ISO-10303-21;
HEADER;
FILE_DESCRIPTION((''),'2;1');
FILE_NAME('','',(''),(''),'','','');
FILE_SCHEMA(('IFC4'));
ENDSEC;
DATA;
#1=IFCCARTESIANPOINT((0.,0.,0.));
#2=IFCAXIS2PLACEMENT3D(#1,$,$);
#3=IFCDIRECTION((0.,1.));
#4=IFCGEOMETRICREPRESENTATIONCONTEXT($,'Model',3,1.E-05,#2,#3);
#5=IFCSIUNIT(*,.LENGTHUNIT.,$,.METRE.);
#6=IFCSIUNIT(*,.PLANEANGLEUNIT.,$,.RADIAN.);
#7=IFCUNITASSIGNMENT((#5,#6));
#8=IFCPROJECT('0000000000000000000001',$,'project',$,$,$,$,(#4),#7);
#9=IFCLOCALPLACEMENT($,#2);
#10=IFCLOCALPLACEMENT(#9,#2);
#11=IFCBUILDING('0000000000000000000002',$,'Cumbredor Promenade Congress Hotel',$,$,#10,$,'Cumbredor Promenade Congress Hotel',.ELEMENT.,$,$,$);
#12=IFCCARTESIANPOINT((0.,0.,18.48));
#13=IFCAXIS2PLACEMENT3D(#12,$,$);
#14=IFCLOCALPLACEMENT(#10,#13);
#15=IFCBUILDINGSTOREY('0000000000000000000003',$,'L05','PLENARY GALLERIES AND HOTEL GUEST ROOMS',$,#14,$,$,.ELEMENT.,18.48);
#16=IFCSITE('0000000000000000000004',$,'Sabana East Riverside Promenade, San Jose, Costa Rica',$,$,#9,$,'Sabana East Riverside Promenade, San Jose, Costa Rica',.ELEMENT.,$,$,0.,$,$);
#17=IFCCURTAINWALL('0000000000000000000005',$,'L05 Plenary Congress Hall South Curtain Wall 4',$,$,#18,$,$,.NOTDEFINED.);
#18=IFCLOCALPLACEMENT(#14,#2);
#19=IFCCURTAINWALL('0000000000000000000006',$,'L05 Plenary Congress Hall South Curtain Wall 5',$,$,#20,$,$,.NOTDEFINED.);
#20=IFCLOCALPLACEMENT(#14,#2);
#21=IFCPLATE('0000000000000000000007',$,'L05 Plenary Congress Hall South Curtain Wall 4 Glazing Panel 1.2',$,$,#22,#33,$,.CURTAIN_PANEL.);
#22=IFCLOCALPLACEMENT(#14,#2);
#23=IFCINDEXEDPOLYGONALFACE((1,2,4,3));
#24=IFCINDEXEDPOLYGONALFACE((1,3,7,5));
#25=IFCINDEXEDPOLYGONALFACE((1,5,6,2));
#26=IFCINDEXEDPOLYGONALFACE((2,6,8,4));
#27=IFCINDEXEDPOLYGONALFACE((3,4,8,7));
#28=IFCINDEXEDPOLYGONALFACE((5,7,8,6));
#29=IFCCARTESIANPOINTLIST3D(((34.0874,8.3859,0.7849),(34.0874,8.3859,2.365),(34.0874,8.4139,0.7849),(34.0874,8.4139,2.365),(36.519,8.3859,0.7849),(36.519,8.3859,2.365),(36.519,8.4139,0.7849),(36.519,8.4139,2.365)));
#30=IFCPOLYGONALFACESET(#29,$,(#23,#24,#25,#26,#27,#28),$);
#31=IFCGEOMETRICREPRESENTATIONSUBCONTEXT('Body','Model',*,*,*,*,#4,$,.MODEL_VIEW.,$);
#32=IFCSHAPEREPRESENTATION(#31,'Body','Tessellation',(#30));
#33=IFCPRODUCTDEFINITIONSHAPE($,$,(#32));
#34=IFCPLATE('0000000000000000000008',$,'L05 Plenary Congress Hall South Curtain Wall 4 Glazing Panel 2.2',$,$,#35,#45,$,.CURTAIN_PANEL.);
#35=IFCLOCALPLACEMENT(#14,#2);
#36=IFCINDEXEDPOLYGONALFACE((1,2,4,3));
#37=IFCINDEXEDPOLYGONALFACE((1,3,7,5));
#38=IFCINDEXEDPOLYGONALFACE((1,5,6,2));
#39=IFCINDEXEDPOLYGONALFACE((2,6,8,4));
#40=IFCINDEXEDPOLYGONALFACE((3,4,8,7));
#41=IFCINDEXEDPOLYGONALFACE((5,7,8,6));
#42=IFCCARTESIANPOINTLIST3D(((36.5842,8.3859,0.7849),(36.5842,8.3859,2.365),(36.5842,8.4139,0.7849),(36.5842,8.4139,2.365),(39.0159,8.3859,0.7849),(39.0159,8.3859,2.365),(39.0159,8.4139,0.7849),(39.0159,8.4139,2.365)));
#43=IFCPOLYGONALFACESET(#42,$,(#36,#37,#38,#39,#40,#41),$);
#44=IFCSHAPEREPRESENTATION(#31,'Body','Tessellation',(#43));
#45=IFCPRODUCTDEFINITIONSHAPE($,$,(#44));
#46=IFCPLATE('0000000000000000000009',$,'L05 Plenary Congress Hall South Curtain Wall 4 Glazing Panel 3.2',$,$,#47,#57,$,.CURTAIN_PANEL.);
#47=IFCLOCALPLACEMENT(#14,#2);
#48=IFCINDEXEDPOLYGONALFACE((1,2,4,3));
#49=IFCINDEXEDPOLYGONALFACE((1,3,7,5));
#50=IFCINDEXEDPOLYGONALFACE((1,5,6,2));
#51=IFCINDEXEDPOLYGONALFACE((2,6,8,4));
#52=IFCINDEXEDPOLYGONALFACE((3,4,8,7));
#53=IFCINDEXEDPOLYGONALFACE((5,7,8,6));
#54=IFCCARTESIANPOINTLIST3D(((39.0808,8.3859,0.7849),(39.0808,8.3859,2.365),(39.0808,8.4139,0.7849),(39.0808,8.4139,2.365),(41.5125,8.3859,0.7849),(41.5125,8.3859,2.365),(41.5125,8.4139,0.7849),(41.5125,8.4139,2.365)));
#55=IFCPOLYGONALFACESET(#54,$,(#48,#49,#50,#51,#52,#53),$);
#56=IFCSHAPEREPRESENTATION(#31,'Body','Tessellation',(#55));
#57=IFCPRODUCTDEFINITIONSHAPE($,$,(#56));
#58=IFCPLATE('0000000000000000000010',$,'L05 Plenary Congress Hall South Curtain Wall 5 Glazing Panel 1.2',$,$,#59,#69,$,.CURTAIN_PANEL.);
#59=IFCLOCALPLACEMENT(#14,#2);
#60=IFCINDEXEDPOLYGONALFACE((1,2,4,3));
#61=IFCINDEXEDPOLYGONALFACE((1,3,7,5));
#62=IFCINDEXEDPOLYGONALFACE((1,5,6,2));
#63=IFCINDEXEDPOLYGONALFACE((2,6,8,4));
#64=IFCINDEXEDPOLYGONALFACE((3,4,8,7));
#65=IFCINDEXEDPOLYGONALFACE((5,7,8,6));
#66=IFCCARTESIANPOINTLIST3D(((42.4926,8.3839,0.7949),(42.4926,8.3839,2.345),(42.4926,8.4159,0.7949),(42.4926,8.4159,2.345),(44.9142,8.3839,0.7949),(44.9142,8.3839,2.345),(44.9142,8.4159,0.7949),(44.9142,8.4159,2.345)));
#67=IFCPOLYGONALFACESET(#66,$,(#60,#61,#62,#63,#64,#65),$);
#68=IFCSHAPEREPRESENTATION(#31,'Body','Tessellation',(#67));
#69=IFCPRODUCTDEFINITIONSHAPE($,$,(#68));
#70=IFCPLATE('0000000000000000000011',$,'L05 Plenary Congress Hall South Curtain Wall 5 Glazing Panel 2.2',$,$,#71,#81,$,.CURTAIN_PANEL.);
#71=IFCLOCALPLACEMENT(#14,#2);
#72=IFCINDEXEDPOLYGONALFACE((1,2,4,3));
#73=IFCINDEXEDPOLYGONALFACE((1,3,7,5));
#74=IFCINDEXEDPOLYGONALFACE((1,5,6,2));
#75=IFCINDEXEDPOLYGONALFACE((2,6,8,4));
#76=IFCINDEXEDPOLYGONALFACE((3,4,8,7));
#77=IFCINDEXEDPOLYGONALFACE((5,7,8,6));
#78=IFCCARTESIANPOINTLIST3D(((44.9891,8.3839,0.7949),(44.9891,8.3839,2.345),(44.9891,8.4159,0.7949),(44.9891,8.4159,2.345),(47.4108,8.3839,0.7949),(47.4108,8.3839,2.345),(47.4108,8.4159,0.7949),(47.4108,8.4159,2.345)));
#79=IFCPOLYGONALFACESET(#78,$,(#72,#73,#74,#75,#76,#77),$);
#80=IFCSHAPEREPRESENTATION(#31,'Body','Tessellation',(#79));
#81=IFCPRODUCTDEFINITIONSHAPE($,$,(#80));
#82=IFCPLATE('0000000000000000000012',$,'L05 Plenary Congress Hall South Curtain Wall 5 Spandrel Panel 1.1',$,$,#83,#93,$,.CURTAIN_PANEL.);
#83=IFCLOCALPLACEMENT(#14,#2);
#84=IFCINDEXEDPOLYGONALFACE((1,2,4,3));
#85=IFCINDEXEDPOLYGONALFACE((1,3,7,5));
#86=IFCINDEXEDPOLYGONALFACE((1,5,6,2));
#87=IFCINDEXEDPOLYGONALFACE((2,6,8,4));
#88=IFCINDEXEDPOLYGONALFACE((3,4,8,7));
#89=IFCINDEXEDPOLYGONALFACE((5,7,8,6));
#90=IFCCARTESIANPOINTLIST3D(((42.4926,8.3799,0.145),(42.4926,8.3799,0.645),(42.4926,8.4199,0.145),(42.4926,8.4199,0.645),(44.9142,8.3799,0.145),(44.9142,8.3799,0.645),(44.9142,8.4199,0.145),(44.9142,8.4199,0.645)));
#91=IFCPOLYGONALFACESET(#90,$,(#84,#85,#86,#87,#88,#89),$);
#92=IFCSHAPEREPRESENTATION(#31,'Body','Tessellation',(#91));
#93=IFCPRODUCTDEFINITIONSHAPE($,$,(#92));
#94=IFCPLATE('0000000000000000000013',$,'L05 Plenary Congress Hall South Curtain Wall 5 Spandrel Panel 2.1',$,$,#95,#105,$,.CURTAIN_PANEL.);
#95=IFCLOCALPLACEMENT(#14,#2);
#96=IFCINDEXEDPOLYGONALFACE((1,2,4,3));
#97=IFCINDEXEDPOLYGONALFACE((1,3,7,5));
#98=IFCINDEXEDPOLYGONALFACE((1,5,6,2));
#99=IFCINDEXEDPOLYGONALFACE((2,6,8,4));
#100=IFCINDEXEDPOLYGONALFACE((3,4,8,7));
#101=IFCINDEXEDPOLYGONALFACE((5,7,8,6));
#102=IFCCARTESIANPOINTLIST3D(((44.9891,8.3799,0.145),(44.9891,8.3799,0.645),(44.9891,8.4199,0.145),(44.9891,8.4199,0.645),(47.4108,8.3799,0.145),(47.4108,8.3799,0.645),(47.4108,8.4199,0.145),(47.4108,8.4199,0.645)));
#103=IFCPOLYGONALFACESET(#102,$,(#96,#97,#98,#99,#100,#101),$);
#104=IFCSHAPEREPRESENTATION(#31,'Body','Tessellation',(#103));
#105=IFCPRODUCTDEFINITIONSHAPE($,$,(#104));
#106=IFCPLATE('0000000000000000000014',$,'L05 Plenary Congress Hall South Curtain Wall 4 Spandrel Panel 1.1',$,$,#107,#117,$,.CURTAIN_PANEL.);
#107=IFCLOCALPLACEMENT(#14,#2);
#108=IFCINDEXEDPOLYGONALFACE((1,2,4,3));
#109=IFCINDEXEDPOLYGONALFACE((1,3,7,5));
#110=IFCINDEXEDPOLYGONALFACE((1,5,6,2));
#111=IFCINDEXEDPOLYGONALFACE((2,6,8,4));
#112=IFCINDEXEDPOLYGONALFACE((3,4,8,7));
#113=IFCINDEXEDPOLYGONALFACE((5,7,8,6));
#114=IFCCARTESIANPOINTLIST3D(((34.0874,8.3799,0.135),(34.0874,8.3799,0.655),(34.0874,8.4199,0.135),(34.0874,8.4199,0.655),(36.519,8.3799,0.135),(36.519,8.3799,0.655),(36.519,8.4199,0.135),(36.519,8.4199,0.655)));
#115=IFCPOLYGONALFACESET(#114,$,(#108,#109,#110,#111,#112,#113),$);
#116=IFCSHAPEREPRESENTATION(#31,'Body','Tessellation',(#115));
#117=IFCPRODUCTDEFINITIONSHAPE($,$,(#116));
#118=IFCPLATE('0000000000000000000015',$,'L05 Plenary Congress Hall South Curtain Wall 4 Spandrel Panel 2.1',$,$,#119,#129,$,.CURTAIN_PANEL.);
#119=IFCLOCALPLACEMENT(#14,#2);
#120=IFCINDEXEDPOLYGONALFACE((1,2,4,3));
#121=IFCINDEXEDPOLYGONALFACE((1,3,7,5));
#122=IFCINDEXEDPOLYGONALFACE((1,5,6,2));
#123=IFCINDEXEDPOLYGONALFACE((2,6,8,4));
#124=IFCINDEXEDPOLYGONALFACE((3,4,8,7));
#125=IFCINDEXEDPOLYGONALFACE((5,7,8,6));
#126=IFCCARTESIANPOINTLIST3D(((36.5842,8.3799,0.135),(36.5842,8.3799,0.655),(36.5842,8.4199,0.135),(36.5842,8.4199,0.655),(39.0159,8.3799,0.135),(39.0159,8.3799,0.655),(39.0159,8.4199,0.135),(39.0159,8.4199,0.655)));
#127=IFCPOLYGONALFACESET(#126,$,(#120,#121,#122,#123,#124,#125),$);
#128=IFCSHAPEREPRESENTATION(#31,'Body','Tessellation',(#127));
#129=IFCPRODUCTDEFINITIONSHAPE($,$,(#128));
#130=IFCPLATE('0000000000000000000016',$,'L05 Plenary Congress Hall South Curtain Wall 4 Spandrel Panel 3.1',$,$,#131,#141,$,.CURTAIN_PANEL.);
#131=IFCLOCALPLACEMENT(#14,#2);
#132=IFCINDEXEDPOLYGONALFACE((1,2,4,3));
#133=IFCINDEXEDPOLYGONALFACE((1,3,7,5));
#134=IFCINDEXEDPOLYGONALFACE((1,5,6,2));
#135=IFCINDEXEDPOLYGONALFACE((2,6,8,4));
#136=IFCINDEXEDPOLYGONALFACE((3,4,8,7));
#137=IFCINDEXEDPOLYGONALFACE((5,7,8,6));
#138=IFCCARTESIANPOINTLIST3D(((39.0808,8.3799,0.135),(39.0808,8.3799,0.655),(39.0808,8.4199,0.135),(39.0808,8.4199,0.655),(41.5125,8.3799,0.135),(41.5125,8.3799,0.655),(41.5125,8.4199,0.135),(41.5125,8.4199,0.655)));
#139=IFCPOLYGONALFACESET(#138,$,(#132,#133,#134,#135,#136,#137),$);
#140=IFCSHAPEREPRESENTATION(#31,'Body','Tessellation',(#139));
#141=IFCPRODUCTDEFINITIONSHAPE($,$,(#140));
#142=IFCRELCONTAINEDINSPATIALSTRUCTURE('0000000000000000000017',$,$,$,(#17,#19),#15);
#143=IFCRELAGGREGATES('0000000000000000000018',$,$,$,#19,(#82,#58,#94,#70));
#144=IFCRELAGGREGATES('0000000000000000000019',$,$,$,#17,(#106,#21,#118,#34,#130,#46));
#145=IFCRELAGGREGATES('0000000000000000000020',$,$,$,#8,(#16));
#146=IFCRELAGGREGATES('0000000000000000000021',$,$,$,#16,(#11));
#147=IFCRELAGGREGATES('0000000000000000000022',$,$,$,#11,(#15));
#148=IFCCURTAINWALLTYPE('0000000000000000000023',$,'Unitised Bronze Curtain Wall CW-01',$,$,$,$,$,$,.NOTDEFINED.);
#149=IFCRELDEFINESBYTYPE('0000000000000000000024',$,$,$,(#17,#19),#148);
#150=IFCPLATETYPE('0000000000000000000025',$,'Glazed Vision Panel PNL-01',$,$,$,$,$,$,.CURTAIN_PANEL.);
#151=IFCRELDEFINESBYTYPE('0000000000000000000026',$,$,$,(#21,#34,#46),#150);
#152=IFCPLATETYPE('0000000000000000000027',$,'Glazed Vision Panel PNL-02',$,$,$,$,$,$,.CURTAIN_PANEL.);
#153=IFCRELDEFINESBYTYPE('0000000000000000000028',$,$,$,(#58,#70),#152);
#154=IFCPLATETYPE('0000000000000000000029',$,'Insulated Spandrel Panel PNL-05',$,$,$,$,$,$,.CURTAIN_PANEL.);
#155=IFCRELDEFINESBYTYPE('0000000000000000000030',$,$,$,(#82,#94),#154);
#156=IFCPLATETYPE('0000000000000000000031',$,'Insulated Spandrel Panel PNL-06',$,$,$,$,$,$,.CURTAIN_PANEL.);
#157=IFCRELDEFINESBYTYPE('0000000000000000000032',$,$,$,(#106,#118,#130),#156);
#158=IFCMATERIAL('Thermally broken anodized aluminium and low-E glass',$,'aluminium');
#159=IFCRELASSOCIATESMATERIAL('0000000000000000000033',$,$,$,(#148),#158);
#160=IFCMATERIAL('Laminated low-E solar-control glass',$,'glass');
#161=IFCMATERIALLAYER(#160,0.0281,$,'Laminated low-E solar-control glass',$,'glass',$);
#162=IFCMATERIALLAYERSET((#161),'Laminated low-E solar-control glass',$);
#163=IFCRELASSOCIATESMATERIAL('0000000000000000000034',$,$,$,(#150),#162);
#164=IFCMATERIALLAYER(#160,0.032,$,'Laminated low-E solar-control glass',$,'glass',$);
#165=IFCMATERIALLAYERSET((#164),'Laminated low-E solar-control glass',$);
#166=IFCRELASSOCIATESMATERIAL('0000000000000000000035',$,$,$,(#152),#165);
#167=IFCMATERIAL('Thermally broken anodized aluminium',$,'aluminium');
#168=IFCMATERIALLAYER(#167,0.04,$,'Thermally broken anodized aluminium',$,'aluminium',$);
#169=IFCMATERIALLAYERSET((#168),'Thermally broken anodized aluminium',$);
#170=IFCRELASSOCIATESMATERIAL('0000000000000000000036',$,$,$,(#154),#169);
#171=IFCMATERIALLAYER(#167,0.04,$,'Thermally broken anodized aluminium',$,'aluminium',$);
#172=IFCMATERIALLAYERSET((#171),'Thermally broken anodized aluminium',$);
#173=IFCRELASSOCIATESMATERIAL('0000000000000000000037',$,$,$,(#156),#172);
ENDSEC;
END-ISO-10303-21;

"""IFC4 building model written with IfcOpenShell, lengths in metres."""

from ifc_helpers import new_model, si_unit, direction, frame, origin, origin_2d, place, context, subcontext, project, spatial, rectangle, extrude, material, layer, layer_set, type_object, element, aggregate, save


model = new_model("IFC4")

# Units and contexts
model_context = context("Model", 3, precision=1e-05, world=origin(), true_north=direction((0.0, 1.0)))
body_context = subcontext(model_context, "Body", "Model", "MODEL_VIEW")
ifc_project = project(units=[si_unit("LENGTHUNIT", "METRE"), si_unit("PLANEANGLEUNIT", "RADIAN")], contexts=[model_context])

# Site, building, storey
site_placement = place(None, origin())
site = spatial("IfcSite", under=ifc_project, at=site_placement, Name="Sabana East Riverside Promenade, San Jose, Costa Rica", LongName="Sabana East Riverside Promenade, San Jose, Costa Rica", CompositionType="ELEMENT", RefElevation=0.0)
building_placement = place(site_placement, origin())
building = spatial("IfcBuilding", under=site, at=building_placement, Name="Cumbredor Promenade Congress Hotel", LongName="Cumbredor Promenade Congress Hotel", CompositionType="ELEMENT")
storey_placement = place(building_placement, frame((0.0, 0.0, 18.48)))
storey = spatial("IfcBuildingStorey", under=building, at=storey_placement, Name="L05", Description="PLENARY GALLERIES AND HOTEL GUEST ROOMS", CompositionType="ELEMENT", Elevation=18.48)

# Curtain walls
ifc_material_1 = material(Name="Thermally broken anodized aluminium and low-E glass", Category="aluminium")
curtain_wall_type = type_object("IfcCurtainWallType", Name="Unitised Bronze Curtain Wall CW-01", PredefinedType="NOTDEFINED", material=ifc_material_1)
curtain_wall_1_placement = place(storey_placement, origin())
curtain_wall_1 = element("IfcCurtainWall", 1, at=curtain_wall_1_placement, inside=storey, type_object=curtain_wall_type, Name="L05 Plenary Congress Hall South Curtain Wall 4", PredefinedType="NOTDEFINED")
ifc_material_2 = material(Name="Thermally broken anodized aluminium", Category="aluminium")
curtain_wall_2_placement = place(storey_placement, origin())
curtain_wall_2 = element("IfcCurtainWall", 2, at=curtain_wall_2_placement, inside=storey, type_object=curtain_wall_type, Name="L05 Plenary Congress Hall South Curtain Wall 5", PredefinedType="NOTDEFINED")

# Plates
ifc_material_3 = material(Name="Laminated low-E solar-control glass", Category="glass")
ifc_layer_1 = layer(ifc_material_3, 0.0281, Name="Laminated low-E solar-control glass", Category="glass")
ifc_layer_set_1 = layer_set([ifc_layer_1], Name="Laminated low-E solar-control glass")
plate_type_1 = type_object("IfcPlateType", Name="Glazed Vision Panel PNL-01", PredefinedType="CURTAIN_PANEL", material=ifc_layer_set_1)
plate_1_placement = place(storey_placement, frame((35.3032, 8.3999, 0.7849), z_axis=(0.0, 0.0, 1.0), x_axis=(1.0, 0.0, 0.0)))
plate_1 = element("IfcPlate", 3, at=plate_1_placement, type_object=plate_type_1, Name="L05 Plenary Congress Hall South Curtain Wall 4 Glazing Panel 1.2", PredefinedType="CURTAIN_PANEL", context=body_context, shape_type="SweptSolid", body=[
    extrude(rectangle(XDim=2.4316, YDim=0.0281, at=origin_2d()), origin(), (0.0, 0.0, 1.0), 1.5801),
])
plate_2_placement = place(storey_placement, frame((37.8, 8.3999, 0.7849), z_axis=(0.0, 0.0, 1.0), x_axis=(1.0, 0.0, 0.0)))
plate_2 = element("IfcPlate", 4, at=plate_2_placement, type_object=plate_type_1, Name="L05 Plenary Congress Hall South Curtain Wall 4 Glazing Panel 2.2", PredefinedType="CURTAIN_PANEL", context=body_context, shape_type="SweptSolid", body=[
    extrude(rectangle(XDim=2.4316, YDim=0.0281, at=origin_2d()), origin(), (0.0, 0.0, 1.0), 1.5801),
])
plate_3_placement = place(storey_placement, frame((40.2966, 8.3999, 0.7849), z_axis=(0.0, 0.0, 1.0), x_axis=(1.0, 0.0, 0.0)))
plate_3 = element("IfcPlate", 5, at=plate_3_placement, type_object=plate_type_1, Name="L05 Plenary Congress Hall South Curtain Wall 4 Glazing Panel 3.2", PredefinedType="CURTAIN_PANEL", context=body_context, shape_type="SweptSolid", body=[
    extrude(rectangle(XDim=2.4316, YDim=0.0281, at=origin_2d()), origin(), (0.0, 0.0, 1.0), 1.5801),
])
ifc_layer_2 = layer(ifc_material_3, 0.032, Name="Laminated low-E solar-control glass", Category="glass")
ifc_layer_set_2 = layer_set([ifc_layer_2], Name="Laminated low-E solar-control glass")
plate_type_2 = type_object("IfcPlateType", Name="Glazed Vision Panel PNL-02", PredefinedType="CURTAIN_PANEL", material=ifc_layer_set_2)
plate_4_placement = place(storey_placement, frame((43.7034, 8.3999, 0.7949), z_axis=(0.0, 0.0, 1.0), x_axis=(1.0, 0.0, 0.0)))
plate_4 = element("IfcPlate", 6, at=plate_4_placement, type_object=plate_type_2, Name="L05 Plenary Congress Hall South Curtain Wall 5 Glazing Panel 1.2", PredefinedType="CURTAIN_PANEL", context=body_context, shape_type="SweptSolid", body=[
    extrude(rectangle(XDim=2.4216, YDim=0.032, at=origin_2d()), origin(), (0.0, 0.0, 1.0), 1.55),
])
plate_5_placement = place(storey_placement, frame((46.2, 8.3999, 0.7949), z_axis=(0.0, 0.0, 1.0), x_axis=(1.0, 0.0, 0.0)))
plate_5 = element("IfcPlate", 7, at=plate_5_placement, type_object=plate_type_2, Name="L05 Plenary Congress Hall South Curtain Wall 5 Glazing Panel 2.2", PredefinedType="CURTAIN_PANEL", context=body_context, shape_type="SweptSolid", body=[
    extrude(rectangle(XDim=2.4216, YDim=0.032, at=origin_2d()), origin(), (0.0, 0.0, 1.0), 1.55),
])
ifc_layer_3 = layer(ifc_material_2, 0.04, Name="Thermally broken anodized aluminium", Category="aluminium")
ifc_layer_set_3 = layer_set([ifc_layer_3], Name="Thermally broken anodized aluminium")
plate_type_3 = type_object("IfcPlateType", Name="Insulated Spandrel Panel PNL-05", PredefinedType="CURTAIN_PANEL", material=ifc_layer_set_3)
plate_6_placement = place(storey_placement, frame((43.7034, 8.3999, 0.145), z_axis=(0.0, 0.0, 1.0), x_axis=(1.0, 0.0, 0.0)))
plate_6 = element("IfcPlate", 8, at=plate_6_placement, type_object=plate_type_3, Name="L05 Plenary Congress Hall South Curtain Wall 5 Spandrel Panel 1.1", PredefinedType="CURTAIN_PANEL", context=body_context, shape_type="SweptSolid", body=[
    extrude(rectangle(XDim=2.4216, YDim=0.04, at=origin_2d()), origin(), (0.0, 0.0, 1.0), 0.5),
])
plate_7_placement = place(storey_placement, frame((46.2, 8.3999, 0.145), z_axis=(0.0, 0.0, 1.0), x_axis=(1.0, 0.0, 0.0)))
plate_7 = element("IfcPlate", 9, at=plate_7_placement, type_object=plate_type_3, Name="L05 Plenary Congress Hall South Curtain Wall 5 Spandrel Panel 2.1", PredefinedType="CURTAIN_PANEL", context=body_context, shape_type="SweptSolid", body=[
    extrude(rectangle(XDim=2.4216, YDim=0.04, at=origin_2d()), origin(), (0.0, 0.0, 1.0), 0.5),
])
aggregate(curtain_wall_2, [plate_6, plate_4, plate_7, plate_5])
ifc_layer_4 = layer(ifc_material_2, 0.04, Name="Thermally broken anodized aluminium", Category="aluminium")
ifc_layer_set_4 = layer_set([ifc_layer_4], Name="Thermally broken anodized aluminium")
plate_type_4 = type_object("IfcPlateType", Name="Insulated Spandrel Panel PNL-06", PredefinedType="CURTAIN_PANEL", material=ifc_layer_set_4)
plate_8_placement = place(storey_placement, frame((35.3032, 8.3999, 0.135), z_axis=(0.0, 0.0, 1.0), x_axis=(1.0, 0.0, 0.0)))
plate_8 = element("IfcPlate", 10, at=plate_8_placement, type_object=plate_type_4, Name="L05 Plenary Congress Hall South Curtain Wall 4 Spandrel Panel 1.1", PredefinedType="CURTAIN_PANEL", context=body_context, shape_type="SweptSolid", body=[
    extrude(rectangle(XDim=2.4316, YDim=0.04, at=origin_2d()), origin(), (0.0, 0.0, 1.0), 0.52),
])
plate_9_placement = place(storey_placement, frame((37.8, 8.3999, 0.135), z_axis=(0.0, 0.0, 1.0), x_axis=(1.0, 0.0, 0.0)))
plate_9 = element("IfcPlate", 11, at=plate_9_placement, type_object=plate_type_4, Name="L05 Plenary Congress Hall South Curtain Wall 4 Spandrel Panel 2.1", PredefinedType="CURTAIN_PANEL", context=body_context, shape_type="SweptSolid", body=[
    extrude(rectangle(XDim=2.4316, YDim=0.04, at=origin_2d()), origin(), (0.0, 0.0, 1.0), 0.52),
])
plate_10_placement = place(storey_placement, frame((40.2966, 8.3999, 0.135), z_axis=(0.0, 0.0, 1.0), x_axis=(1.0, 0.0, 0.0)))
plate_10 = element("IfcPlate", 12, at=plate_10_placement, type_object=plate_type_4, Name="L05 Plenary Congress Hall South Curtain Wall 4 Spandrel Panel 3.1", PredefinedType="CURTAIN_PANEL", context=body_context, shape_type="SweptSolid", body=[
    extrude(rectangle(XDim=2.4316, YDim=0.04, at=origin_2d()), origin(), (0.0, 0.0, 1.0), 0.52),
])
aggregate(curtain_wall_1, [plate_8, plate_1, plate_9, plate_2, plate_10, plate_3])

save(model, "model.ifc")
